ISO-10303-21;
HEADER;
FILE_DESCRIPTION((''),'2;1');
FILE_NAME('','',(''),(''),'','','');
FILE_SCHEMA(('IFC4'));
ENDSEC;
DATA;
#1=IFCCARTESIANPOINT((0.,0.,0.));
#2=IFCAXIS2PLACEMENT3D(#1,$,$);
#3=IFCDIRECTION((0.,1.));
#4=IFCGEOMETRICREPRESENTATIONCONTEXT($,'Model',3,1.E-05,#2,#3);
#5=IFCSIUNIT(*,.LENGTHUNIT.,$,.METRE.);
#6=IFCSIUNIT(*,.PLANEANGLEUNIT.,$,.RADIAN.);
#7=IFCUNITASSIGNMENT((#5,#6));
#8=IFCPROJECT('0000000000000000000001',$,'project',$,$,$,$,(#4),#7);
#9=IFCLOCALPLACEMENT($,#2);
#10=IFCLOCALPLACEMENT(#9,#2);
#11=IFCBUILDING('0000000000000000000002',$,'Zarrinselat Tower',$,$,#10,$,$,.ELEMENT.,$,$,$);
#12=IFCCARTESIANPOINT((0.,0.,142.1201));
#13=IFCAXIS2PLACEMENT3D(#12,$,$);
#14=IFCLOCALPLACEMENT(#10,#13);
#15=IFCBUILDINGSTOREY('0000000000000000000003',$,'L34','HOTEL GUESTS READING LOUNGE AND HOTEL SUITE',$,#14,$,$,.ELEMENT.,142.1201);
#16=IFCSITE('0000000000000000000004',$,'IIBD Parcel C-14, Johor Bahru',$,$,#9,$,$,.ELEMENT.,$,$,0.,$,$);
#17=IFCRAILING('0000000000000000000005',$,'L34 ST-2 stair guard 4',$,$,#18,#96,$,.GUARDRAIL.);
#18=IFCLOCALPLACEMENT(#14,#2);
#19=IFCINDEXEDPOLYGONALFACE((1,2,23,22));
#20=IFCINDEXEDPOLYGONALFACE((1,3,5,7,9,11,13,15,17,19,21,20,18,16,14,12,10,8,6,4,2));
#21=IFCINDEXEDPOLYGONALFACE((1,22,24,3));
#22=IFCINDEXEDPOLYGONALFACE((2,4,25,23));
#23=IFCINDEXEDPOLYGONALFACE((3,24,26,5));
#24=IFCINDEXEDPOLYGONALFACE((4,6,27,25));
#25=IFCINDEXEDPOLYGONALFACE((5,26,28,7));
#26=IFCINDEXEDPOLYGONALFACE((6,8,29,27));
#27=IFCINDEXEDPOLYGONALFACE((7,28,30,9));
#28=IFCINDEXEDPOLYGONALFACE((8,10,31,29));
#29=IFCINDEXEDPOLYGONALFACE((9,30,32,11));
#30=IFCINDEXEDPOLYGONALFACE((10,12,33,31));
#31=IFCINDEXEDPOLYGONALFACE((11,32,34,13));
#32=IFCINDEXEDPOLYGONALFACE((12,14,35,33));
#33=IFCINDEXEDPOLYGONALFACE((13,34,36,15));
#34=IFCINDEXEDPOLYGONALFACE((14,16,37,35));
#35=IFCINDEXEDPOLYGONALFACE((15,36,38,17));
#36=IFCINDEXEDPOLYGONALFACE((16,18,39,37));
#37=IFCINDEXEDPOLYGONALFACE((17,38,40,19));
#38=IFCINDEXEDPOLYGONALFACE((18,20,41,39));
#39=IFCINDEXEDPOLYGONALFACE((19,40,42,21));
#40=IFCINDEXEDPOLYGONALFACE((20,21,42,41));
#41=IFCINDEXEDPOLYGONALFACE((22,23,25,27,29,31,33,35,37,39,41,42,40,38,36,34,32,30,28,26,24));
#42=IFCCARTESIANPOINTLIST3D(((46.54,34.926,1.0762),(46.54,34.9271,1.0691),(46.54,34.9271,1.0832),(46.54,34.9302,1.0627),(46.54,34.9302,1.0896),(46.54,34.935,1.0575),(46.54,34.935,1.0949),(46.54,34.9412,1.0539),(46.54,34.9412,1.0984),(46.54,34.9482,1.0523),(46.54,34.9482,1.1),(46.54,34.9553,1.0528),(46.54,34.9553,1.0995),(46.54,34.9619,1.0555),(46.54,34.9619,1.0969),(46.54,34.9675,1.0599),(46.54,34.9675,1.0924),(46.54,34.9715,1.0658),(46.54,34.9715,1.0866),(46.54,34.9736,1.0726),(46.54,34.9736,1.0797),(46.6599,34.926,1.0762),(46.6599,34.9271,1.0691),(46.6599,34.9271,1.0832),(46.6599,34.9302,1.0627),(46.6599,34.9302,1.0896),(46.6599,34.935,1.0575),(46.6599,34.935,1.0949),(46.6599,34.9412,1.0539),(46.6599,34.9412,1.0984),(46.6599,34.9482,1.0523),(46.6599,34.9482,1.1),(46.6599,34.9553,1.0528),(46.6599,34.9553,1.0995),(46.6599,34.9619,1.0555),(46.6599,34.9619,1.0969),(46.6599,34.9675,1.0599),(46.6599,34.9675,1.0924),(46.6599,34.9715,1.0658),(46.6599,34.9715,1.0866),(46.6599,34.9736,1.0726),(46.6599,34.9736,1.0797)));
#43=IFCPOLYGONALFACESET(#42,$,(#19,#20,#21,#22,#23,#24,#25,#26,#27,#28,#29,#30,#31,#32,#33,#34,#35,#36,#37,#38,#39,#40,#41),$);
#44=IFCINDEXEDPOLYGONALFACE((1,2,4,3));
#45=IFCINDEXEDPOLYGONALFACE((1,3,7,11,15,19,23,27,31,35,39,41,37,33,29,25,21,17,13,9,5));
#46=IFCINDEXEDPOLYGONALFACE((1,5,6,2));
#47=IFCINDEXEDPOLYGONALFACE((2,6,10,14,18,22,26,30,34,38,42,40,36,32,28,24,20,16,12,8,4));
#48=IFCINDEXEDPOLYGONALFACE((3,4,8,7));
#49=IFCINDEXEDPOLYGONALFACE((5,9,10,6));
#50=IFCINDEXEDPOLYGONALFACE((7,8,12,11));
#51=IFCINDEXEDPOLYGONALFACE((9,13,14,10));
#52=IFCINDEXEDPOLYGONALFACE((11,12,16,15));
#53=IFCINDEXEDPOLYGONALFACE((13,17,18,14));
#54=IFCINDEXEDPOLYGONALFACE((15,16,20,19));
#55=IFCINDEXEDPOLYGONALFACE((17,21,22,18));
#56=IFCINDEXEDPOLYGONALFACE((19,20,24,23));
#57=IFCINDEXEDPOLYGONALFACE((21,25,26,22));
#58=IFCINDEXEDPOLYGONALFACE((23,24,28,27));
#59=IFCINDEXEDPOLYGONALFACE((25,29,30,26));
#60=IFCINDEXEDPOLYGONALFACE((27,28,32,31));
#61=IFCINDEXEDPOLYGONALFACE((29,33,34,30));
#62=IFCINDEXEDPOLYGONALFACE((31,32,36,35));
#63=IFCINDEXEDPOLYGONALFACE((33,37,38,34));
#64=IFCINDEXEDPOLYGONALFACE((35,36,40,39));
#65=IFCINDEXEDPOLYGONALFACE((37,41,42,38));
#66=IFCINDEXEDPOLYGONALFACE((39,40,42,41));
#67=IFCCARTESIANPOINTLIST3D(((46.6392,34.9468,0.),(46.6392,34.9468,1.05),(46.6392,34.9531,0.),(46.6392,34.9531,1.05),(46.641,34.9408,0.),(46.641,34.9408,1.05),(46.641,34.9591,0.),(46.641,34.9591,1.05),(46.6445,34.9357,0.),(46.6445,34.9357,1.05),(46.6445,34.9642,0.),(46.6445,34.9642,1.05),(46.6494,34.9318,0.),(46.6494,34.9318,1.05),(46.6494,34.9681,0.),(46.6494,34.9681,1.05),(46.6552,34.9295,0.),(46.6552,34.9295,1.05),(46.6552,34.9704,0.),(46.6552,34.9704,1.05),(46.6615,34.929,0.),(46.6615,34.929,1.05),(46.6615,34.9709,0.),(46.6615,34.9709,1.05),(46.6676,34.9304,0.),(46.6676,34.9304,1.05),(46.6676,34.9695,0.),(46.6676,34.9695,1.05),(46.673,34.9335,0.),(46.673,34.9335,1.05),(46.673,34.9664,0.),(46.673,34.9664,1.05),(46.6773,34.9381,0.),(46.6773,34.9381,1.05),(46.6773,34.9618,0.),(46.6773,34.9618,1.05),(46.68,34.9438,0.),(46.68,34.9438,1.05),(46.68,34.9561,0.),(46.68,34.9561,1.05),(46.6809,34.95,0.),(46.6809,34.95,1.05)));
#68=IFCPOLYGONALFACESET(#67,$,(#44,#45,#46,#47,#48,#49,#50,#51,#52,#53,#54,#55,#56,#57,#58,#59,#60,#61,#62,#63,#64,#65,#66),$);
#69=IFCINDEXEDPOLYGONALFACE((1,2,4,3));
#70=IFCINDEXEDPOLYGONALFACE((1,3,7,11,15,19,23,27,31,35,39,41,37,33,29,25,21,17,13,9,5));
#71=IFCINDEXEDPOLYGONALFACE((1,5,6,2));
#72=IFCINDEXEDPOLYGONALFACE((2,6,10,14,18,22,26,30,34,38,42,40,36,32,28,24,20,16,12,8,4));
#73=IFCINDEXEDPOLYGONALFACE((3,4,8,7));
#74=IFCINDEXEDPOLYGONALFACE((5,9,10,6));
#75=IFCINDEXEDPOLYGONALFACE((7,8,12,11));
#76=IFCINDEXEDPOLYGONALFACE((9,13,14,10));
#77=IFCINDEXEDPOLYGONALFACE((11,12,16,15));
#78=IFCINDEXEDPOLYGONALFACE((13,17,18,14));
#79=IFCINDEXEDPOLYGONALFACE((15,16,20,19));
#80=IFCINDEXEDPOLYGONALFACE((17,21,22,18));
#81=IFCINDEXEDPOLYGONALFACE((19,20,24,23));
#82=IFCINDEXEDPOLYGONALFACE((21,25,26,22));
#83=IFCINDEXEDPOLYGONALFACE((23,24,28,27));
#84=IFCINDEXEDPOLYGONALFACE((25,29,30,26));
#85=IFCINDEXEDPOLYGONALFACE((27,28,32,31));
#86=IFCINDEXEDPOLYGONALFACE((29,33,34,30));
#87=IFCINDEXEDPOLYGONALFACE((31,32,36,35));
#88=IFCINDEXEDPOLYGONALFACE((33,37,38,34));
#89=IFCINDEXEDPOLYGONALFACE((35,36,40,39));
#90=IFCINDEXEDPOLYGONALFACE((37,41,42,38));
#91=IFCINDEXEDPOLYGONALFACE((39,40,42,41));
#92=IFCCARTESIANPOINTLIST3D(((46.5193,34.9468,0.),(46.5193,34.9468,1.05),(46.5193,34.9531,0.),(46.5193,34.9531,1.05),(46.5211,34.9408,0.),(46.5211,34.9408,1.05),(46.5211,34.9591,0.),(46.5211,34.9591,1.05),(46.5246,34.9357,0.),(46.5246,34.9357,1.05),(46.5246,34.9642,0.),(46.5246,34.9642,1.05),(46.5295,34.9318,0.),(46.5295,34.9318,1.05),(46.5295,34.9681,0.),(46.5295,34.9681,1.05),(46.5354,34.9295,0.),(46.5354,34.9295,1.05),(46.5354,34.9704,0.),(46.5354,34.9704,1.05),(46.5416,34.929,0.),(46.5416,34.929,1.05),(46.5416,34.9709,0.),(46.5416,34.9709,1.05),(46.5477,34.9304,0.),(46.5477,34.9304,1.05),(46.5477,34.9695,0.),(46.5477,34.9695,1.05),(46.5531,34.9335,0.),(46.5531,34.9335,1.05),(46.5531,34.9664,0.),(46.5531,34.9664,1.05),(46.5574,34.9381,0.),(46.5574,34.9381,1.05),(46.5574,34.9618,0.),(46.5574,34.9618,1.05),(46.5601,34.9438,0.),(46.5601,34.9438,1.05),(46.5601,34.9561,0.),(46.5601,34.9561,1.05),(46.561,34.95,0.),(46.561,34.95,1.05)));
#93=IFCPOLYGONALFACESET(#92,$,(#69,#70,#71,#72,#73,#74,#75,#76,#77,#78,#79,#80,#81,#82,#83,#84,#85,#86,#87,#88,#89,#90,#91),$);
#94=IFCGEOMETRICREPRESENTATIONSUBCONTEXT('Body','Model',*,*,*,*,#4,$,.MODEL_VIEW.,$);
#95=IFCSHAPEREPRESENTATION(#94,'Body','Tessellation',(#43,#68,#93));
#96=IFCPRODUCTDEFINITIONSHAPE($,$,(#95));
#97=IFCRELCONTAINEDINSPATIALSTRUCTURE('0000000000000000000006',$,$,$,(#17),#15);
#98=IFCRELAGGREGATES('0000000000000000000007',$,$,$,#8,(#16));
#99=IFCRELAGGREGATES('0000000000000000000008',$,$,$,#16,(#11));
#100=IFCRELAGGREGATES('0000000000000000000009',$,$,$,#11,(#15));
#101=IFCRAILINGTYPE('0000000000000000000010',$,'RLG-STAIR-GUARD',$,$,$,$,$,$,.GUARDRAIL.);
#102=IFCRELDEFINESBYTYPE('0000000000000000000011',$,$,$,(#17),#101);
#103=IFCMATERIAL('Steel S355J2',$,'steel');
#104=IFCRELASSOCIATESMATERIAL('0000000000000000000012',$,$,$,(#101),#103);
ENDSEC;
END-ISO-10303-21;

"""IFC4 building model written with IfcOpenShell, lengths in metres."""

from ifc_helpers import new_model, si_unit, direction, frame, origin, origin_2d, place, context, subcontext, project, spatial, circle, extrude, material, type_object, element, save


model = new_model("IFC4")

# Units and contexts
model_context = context("Model", 3, precision=1e-05, world=origin(), true_north=direction((0.0, 1.0)))
body_context = subcontext(model_context, "Body", "Model", "MODEL_VIEW")
ifc_project = project(units=[si_unit("LENGTHUNIT", "METRE"), si_unit("PLANEANGLEUNIT", "RADIAN")], contexts=[model_context])

# Site, building, storey
site_placement = place(None, origin())
site = spatial("IfcSite", under=ifc_project, at=site_placement, Name="IIBD Parcel C-14, Johor Bahru", CompositionType="ELEMENT", RefElevation=0.0)
building_placement = place(site_placement, origin())
building = spatial("IfcBuilding", under=site, at=building_placement, Name="Zarrinselat Tower", CompositionType="ELEMENT")
storey_placement = place(building_placement, frame((0.0, 0.0, 142.1201)))
storey = spatial("IfcBuildingStorey", under=building, at=storey_placement, Name="L34", Description="HOTEL GUESTS READING LOUNGE AND HOTEL SUITE", CompositionType="ELEMENT", Elevation=142.1201)

# Railing
ifc_material_1 = material(Name="Steel S355J2", Category="steel")
railing_type_1 = type_object("IfcRailingType", Name="RLG-STAIR-GUARD", PredefinedType="GUARDRAIL", material=ifc_material_1)
railing_1_placement = place(storey_placement, frame((46.6599, 34.95, 0.0)))
element("IfcRailing", 1, at=railing_1_placement, inside=storey, type_object=railing_type_1, Name="L34 ST-2 stair guard 4", PredefinedType="GUARDRAIL", context=body_context, shape_type="SweptSolid", body=[
    extrude(circle(Radius=0.0239, at=origin_2d()), frame((0.0, 0.0, 1.0762), z_axis=(-1.0, 0.0, 0.0), x_axis=(0.0, -1.0, 0.0)), (0.0, 0.0, 1.0), 0.1199),
    extrude(circle(Radius=0.021, at=origin_2d()), origin(), (0.0, 0.0, 1.0), 1.05),
    extrude(circle(Radius=0.021, at=origin_2d()), frame((-0.1199, 0.0, 0.0)), (0.0, 0.0, 1.0), 1.05),
])

save(model, "model.ifc")
